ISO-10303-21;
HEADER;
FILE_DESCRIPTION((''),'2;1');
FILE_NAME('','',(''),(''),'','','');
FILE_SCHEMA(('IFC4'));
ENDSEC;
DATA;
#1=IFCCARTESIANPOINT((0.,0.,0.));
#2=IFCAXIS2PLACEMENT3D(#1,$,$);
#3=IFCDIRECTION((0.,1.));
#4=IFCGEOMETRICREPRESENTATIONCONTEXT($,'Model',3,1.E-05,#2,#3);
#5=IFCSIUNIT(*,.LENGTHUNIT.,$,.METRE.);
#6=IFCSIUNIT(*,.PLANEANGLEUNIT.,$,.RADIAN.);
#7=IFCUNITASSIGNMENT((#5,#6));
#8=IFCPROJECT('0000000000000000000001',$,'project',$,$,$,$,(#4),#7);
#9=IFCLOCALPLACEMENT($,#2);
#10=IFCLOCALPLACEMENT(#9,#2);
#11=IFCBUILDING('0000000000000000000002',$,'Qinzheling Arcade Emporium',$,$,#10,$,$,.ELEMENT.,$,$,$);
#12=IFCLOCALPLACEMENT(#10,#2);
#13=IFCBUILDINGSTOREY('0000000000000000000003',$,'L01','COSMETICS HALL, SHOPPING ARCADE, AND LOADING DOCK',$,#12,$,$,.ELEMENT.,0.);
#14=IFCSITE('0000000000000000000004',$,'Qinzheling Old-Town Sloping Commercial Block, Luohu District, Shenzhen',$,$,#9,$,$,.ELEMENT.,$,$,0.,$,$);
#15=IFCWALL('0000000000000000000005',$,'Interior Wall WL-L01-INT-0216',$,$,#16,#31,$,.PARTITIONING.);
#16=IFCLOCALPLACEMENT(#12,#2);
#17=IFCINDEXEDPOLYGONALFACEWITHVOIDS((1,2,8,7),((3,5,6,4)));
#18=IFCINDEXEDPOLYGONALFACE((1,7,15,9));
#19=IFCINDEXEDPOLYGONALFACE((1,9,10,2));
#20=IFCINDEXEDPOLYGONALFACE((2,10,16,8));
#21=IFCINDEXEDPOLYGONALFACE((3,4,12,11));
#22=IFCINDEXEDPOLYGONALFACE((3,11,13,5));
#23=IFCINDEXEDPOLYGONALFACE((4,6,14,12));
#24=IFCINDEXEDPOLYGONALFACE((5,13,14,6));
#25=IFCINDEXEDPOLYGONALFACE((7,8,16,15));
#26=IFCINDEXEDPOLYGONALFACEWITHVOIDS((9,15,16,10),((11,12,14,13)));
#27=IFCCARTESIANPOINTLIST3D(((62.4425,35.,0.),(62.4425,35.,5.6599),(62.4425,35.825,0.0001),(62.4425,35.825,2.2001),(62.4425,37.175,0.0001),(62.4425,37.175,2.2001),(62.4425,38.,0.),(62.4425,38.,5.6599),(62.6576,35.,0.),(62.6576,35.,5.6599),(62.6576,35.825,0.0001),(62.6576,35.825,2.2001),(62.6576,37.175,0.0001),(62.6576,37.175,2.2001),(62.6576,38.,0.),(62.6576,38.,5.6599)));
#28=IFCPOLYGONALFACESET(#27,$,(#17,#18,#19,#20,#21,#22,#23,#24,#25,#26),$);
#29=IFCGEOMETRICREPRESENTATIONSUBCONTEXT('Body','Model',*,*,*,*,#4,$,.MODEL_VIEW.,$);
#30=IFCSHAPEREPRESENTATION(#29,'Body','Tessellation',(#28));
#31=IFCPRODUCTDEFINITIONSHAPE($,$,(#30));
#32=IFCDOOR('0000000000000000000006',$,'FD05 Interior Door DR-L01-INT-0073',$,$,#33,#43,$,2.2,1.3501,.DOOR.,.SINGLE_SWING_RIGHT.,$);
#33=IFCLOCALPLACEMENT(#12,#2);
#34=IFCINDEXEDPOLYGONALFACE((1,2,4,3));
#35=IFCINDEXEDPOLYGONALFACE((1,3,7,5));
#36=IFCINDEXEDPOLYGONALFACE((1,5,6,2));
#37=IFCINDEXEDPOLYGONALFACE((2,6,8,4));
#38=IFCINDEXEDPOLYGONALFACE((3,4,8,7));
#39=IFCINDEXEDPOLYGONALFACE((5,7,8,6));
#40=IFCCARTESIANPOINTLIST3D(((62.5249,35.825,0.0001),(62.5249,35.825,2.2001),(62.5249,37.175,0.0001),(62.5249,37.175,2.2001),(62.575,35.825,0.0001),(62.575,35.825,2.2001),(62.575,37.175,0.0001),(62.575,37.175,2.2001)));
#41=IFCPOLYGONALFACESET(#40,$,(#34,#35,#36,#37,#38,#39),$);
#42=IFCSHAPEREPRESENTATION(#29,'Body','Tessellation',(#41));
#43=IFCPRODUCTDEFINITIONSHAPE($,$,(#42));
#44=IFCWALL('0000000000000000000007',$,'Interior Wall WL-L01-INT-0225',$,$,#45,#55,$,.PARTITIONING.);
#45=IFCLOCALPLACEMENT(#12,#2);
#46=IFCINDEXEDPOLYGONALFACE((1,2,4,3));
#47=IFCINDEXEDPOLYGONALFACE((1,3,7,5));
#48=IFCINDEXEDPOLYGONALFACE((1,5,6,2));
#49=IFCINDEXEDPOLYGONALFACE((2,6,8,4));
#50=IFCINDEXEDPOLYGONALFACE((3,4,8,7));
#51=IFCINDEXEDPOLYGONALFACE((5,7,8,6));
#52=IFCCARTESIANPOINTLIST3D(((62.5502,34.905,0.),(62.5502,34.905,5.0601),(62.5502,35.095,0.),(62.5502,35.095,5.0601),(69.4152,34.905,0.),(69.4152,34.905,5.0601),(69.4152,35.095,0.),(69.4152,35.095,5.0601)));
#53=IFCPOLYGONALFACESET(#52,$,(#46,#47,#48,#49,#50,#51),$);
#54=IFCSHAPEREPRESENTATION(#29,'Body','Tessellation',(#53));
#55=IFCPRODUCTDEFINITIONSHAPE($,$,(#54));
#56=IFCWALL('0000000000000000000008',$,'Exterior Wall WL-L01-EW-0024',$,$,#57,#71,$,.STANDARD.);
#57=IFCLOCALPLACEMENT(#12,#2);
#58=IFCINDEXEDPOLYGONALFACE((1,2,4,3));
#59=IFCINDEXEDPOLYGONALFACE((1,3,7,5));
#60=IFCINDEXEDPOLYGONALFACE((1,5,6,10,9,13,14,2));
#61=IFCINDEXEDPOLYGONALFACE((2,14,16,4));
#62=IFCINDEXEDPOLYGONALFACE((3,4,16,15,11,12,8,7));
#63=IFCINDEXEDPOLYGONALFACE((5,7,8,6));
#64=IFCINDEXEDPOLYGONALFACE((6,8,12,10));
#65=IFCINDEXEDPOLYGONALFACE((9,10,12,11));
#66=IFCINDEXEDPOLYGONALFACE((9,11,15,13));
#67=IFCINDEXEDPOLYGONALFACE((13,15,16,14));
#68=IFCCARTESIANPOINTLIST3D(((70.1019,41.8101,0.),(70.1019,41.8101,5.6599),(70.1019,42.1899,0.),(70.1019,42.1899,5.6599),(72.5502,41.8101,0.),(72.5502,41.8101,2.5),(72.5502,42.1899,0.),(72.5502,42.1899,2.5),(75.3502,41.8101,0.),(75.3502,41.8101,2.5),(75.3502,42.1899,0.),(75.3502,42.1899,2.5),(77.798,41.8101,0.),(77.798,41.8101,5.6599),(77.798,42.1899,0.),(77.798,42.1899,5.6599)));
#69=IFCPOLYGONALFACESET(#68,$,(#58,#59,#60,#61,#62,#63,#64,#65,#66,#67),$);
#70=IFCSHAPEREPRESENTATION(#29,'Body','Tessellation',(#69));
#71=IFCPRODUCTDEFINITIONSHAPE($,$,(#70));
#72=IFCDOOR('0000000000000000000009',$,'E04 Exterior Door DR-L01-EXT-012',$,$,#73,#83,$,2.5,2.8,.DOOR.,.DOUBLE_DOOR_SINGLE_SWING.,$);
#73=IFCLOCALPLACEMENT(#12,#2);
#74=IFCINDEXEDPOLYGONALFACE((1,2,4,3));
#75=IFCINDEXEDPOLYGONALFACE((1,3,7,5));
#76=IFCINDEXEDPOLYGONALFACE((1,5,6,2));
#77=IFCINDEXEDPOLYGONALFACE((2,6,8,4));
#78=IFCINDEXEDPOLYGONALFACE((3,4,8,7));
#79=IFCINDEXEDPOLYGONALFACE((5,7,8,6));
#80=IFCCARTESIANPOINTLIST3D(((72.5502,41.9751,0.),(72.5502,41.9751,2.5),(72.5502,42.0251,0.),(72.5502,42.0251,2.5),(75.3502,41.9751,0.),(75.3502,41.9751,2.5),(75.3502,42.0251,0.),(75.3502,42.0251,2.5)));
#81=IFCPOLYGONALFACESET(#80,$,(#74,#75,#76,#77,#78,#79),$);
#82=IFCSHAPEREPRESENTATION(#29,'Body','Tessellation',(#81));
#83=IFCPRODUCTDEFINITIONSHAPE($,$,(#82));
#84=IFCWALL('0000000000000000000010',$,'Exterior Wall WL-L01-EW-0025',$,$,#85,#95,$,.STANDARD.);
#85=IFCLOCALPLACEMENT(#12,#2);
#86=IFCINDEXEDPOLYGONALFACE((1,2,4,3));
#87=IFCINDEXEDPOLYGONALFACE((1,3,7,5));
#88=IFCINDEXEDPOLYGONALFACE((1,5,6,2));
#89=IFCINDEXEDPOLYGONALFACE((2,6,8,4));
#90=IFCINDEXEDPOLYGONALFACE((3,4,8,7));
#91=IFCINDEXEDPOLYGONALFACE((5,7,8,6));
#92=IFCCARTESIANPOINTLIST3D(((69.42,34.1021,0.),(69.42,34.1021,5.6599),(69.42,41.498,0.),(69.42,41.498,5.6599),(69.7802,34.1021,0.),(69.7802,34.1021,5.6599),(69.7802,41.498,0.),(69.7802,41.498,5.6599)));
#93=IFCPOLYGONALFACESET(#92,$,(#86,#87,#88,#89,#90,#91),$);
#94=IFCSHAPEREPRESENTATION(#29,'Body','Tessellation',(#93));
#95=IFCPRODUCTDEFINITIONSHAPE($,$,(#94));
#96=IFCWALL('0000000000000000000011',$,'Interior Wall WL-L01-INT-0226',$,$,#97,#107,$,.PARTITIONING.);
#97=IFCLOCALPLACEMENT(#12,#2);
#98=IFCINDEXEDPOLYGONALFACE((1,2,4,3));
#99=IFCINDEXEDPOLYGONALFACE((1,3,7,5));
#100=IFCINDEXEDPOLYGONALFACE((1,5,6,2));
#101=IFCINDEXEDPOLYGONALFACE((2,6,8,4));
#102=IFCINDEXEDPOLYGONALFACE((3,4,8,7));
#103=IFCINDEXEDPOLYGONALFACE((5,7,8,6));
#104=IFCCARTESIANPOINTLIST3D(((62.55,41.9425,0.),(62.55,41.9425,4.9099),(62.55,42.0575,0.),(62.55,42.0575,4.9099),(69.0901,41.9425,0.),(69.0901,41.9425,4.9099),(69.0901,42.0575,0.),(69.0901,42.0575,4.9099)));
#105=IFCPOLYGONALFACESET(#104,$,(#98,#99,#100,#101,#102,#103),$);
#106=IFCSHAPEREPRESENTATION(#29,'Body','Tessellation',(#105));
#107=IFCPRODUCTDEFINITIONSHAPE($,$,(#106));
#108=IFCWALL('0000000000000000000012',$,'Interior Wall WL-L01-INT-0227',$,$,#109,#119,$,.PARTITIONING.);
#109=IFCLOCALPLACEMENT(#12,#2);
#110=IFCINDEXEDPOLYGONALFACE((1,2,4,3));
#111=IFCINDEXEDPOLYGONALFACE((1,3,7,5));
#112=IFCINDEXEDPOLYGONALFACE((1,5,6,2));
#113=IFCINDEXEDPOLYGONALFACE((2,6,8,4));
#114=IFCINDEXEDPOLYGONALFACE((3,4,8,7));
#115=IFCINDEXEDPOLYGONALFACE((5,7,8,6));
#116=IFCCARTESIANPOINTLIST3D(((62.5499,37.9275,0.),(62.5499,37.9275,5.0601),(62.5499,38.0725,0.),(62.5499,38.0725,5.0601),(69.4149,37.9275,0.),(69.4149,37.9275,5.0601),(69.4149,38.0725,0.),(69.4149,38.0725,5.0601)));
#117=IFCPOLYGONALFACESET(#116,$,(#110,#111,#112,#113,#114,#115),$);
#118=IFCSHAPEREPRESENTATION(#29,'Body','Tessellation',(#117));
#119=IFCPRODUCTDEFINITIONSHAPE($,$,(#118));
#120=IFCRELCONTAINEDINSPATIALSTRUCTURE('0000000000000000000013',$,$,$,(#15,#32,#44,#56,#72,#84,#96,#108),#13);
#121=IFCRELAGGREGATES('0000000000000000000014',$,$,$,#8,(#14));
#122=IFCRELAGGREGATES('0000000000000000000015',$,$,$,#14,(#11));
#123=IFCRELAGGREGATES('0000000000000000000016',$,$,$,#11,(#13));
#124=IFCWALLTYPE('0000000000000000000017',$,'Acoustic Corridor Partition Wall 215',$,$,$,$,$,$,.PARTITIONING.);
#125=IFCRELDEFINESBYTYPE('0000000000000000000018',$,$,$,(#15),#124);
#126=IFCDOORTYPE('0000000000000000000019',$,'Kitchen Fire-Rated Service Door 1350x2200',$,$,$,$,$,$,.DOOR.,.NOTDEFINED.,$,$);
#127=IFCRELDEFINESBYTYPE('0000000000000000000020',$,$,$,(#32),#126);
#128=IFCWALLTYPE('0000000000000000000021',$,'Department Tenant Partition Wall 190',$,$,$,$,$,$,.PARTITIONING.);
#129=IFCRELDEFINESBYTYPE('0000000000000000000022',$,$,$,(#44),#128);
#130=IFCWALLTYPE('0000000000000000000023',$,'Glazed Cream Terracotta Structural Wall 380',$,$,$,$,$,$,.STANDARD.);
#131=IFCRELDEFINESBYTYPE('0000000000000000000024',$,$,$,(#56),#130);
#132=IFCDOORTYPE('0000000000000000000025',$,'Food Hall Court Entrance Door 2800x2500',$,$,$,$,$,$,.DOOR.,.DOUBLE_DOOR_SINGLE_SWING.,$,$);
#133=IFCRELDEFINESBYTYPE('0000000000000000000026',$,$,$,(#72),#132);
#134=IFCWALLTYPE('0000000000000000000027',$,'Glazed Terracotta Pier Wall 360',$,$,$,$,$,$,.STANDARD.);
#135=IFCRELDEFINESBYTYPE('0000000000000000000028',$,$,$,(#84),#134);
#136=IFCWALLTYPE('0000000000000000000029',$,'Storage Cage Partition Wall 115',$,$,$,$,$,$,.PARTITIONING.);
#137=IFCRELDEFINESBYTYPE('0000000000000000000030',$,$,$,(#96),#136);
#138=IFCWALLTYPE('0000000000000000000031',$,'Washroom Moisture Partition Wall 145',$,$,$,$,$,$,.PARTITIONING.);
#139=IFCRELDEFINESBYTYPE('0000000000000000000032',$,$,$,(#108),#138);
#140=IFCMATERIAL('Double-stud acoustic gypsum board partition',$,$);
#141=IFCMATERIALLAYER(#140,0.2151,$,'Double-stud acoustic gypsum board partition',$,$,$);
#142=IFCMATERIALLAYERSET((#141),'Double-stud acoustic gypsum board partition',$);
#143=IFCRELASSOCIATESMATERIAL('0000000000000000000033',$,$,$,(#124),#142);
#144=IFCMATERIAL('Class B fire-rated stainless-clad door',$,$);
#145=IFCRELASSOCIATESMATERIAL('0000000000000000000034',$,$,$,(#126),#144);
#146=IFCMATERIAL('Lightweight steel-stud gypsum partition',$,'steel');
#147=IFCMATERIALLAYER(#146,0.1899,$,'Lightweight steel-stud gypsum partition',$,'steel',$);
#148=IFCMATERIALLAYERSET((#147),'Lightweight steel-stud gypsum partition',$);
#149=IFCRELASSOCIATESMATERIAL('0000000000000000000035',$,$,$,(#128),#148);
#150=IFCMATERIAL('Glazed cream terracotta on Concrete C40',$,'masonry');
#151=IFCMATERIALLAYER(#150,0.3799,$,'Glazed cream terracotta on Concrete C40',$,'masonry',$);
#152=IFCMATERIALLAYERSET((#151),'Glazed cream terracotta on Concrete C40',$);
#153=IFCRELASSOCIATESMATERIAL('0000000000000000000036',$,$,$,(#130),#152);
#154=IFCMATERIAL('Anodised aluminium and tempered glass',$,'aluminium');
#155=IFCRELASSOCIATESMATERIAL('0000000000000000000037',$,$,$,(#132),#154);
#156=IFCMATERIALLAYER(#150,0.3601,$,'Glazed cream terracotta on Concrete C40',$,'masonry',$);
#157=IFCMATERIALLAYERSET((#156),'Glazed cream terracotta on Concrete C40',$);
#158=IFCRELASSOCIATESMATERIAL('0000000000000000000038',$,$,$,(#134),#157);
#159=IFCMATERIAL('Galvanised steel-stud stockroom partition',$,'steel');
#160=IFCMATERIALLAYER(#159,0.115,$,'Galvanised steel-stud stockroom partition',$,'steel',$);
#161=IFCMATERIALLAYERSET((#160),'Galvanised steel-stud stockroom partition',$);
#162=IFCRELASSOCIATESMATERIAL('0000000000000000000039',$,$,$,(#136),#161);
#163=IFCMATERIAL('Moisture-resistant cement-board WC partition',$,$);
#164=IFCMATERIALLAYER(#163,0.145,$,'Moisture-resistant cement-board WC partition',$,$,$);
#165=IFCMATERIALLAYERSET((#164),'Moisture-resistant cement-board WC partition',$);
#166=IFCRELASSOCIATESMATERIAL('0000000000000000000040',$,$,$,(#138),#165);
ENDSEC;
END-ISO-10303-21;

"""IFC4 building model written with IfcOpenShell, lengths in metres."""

from ifc_helpers import new_model, si_unit, direction, frame, frame_2d, origin, place, context, subcontext, project, spatial, rectangle, extrude, material, layer, layer_set, type_object, element, fill, save


model = new_model("IFC4")

# Units and contexts
model_context = context("Model", 3, precision=1e-05, world=origin(), true_north=direction((0.0, 1.0)))
body_context = subcontext(model_context, "Body", "Model", "MODEL_VIEW")
ifc_project = project(units=[si_unit("LENGTHUNIT", "METRE"), si_unit("PLANEANGLEUNIT", "RADIAN")], contexts=[model_context])

# Site, building, storey
site_placement = place(None, origin())
site = spatial("IfcSite", under=ifc_project, at=site_placement, Name="Qinzheling Old-Town Sloping Commercial Block, Luohu District, Shenzhen", CompositionType="ELEMENT", RefElevation=0.0)
building_placement = place(site_placement, origin())
building = spatial("IfcBuilding", under=site, at=building_placement, Name="Qinzheling Arcade Emporium", CompositionType="ELEMENT")
storey_placement = place(building_placement, origin())
storey = spatial("IfcBuildingStorey", under=building, at=storey_placement, Name="L01", Description="COSMETICS HALL, SHOPPING ARCADE, AND LOADING DOCK", CompositionType="ELEMENT", Elevation=0.0)

# Shared definitions
ifc_material_1 = material(Name="Double-stud acoustic gypsum board partition")
ifc_layer_1 = layer(ifc_material_1, 0.2151, Name="Double-stud acoustic gypsum board partition")
ifc_layer_set_1 = layer_set([ifc_layer_1], Name="Double-stud acoustic gypsum board partition")
wall_type_1 = type_object("IfcWallType", Name="Acoustic Corridor Partition Wall 215", PredefinedType="PARTITIONING", material=ifc_layer_set_1)

# Shared definitions
ifc_material_2 = material(Name="Class B fire-rated stainless-clad door")
door_type_1 = type_object("IfcDoorType", Name="Kitchen Fire-Rated Service Door 1350x2200", OperationType="NOTDEFINED", PredefinedType="DOOR", material=ifc_material_2)

# Wall, opening, door
wall_1_placement = place(storey_placement, frame((62.55, 38.0, 0.0), z_axis=(0.0, 0.0, 1.0), x_axis=(0.0, -1.0, 0.0)))
wall_1 = element("IfcWall", 1, at=wall_1_placement, inside=storey, type_object=wall_type_1, Name="Interior Wall WL-L01-INT-0216", PredefinedType="PARTITIONING", context=body_context, shape_type="SweptSolid", body=[
    extrude(rectangle(XDim=3.0, YDim=0.2151, at=frame_2d((1.5, 0.0))), origin(), (0.0, 0.0, 1.0), 5.6599),
])
opening_1_placement = place(wall_1_placement, frame((0.825, 0.0, 0.0)))
opening_1 = element("IfcOpeningElement", 2, at=opening_1_placement, cuts=wall_1, PredefinedType="OPENING", context=body_context, shape_type="SweptSolid", body=[
    extrude(rectangle(XDim=1.3501, YDim=2.2, at=frame_2d((0.675, 1.1001))), frame((0.0, 0.1177, 0.0), z_axis=(0.0, -1.0, 0.0), x_axis=(1.0, 0.0, 0.0)), (0.0, 0.0, 1.0), 0.2351),
])
door_1_placement = place(opening_1_placement, origin())
door_1 = element("IfcDoor", 3, at=door_1_placement, inside=storey, type_object=door_type_1, Name="FD05 Interior Door DR-L01-INT-0073", OperationType="SINGLE_SWING_RIGHT", OverallHeight=2.2, OverallWidth=1.3501, PredefinedType="DOOR", context=body_context, shape_type="SweptSolid", body=[
    extrude(rectangle(XDim=1.3501, YDim=2.2, at=frame_2d((0.675, 1.1001))), frame((0.0, 0.0249, 0.0), z_axis=(0.0, -1.0, 0.0), x_axis=(1.0, 0.0, 0.0)), (0.0, 0.0, 1.0), 0.05),
])
fill(opening_1, door_1)

# Wall
ifc_material_3 = material(Name="Lightweight steel-stud gypsum partition", Category="steel")
ifc_layer_2 = layer(ifc_material_3, 0.1899, Name="Lightweight steel-stud gypsum partition", Category="steel")
ifc_layer_set_2 = layer_set([ifc_layer_2], Name="Lightweight steel-stud gypsum partition")
wall_type_2 = type_object("IfcWallType", Name="Department Tenant Partition Wall 190", PredefinedType="PARTITIONING", material=ifc_layer_set_2)
wall_2_placement = place(storey_placement, frame((62.55, 35.0, 0.0), z_axis=(0.0, 0.0, 1.0), x_axis=(1.0, 0.0, 0.0)))
element("IfcWall", 4, at=wall_2_placement, inside=storey, type_object=wall_type_2, Name="Interior Wall WL-L01-INT-0225", PredefinedType="PARTITIONING", context=body_context, shape_type="SweptSolid", body=[
    extrude(rectangle(XDim=6.865, YDim=0.1899, at=frame_2d((3.4326, 0.0))), origin(), (0.0, 0.0, 1.0), 5.0601),
])

# Wall, opening, door
ifc_material_4 = material(Name="Glazed cream terracotta on Concrete C40", Category="masonry")
ifc_layer_3 = layer(ifc_material_4, 0.3799, Name="Glazed cream terracotta on Concrete C40", Category="masonry")
ifc_layer_set_3 = layer_set([ifc_layer_3], Name="Glazed cream terracotta on Concrete C40")
wall_type_3 = type_object("IfcWallType", Name="Glazed Cream Terracotta Structural Wall 380", PredefinedType="STANDARD", material=ifc_layer_set_3)
wall_3_placement = place(storey_placement, frame((77.7981, 42.0, 0.0), z_axis=(0.0, 0.0, 1.0), x_axis=(-1.0, 0.0, 0.0)))
wall_3 = element("IfcWall", 5, at=wall_3_placement, inside=storey, type_object=wall_type_3, Name="Exterior Wall WL-L01-EW-0024", PredefinedType="STANDARD", context=body_context, shape_type="SweptSolid", body=[
    extrude(rectangle(XDim=7.696, YDim=0.3799, at=frame_2d((3.8481, 0.0))), origin(), (0.0, 0.0, 1.0), 5.6599),
])
opening_2_placement = place(wall_3_placement, frame((2.448, 0.0, 0.0)))
opening_2 = element("IfcOpeningElement", 6, at=opening_2_placement, cuts=wall_3, PredefinedType="OPENING", context=body_context, shape_type="SweptSolid", body=[
    extrude(rectangle(XDim=2.8, YDim=2.5, at=frame_2d((1.3999, 1.25))), frame((0.0, 0.2, 0.0), z_axis=(0.0, -1.0, 0.0), x_axis=(1.0, 0.0, 0.0)), (0.0, 0.0, 1.0), 0.3999),
])
ifc_material_5 = material(Name="Anodised aluminium and tempered glass", Category="aluminium")
door_type_2 = type_object("IfcDoorType", Name="Food Hall Court Entrance Door 2800x2500", OperationType="DOUBLE_DOOR_SINGLE_SWING", PredefinedType="DOOR", material=ifc_material_5)
door_2_placement = place(opening_2_placement, origin())
door_2 = element("IfcDoor", 7, at=door_2_placement, inside=storey, type_object=door_type_2, Name="E04 Exterior Door DR-L01-EXT-012", OperationType="DOUBLE_DOOR_SINGLE_SWING", OverallHeight=2.5, OverallWidth=2.8, PredefinedType="DOOR", context=body_context, shape_type="SweptSolid", body=[
    extrude(rectangle(XDim=2.8, YDim=2.5, at=frame_2d((1.3999, 1.25))), frame((0.0, 0.0249, 0.0), z_axis=(0.0, -1.0, 0.0), x_axis=(1.0, 0.0, 0.0)), (0.0, 0.0, 1.0), 0.05),
])
fill(opening_2, door_2)

# Walls
ifc_layer_4 = layer(ifc_material_4, 0.3601, Name="Glazed cream terracotta on Concrete C40", Category="masonry")
ifc_layer_set_4 = layer_set([ifc_layer_4], Name="Glazed cream terracotta on Concrete C40")
wall_type_4 = type_object("IfcWallType", Name="Glazed Terracotta Pier Wall 360", PredefinedType="STANDARD", material=ifc_layer_set_4)
wall_4_placement = place(storey_placement, frame((69.6001, 41.498, 0.0), z_axis=(0.0, 0.0, 1.0), x_axis=(0.0, -1.0, 0.0)))
element("IfcWall", 8, at=wall_4_placement, inside=storey, type_object=wall_type_4, Name="Exterior Wall WL-L01-EW-0025", PredefinedType="STANDARD", context=body_context, shape_type="SweptSolid", body=[
    extrude(rectangle(XDim=7.396, YDim=0.3601, at=frame_2d((3.698, 0.0))), origin(), (0.0, 0.0, 1.0), 5.6599),
])
ifc_material_6 = material(Name="Galvanised steel-stud stockroom partition", Category="steel")
ifc_layer_5 = layer(ifc_material_6, 0.115, Name="Galvanised steel-stud stockroom partition", Category="steel")
ifc_layer_set_5 = layer_set([ifc_layer_5], Name="Galvanised steel-stud stockroom partition")
wall_type_5 = type_object("IfcWallType", Name="Storage Cage Partition Wall 115", PredefinedType="PARTITIONING", material=ifc_layer_set_5)
wall_5_placement = place(storey_placement, frame((62.55, 42.0, 0.0), z_axis=(0.0, 0.0, 1.0), x_axis=(1.0, 0.0, 0.0)))
element("IfcWall", 9, at=wall_5_placement, inside=storey, type_object=wall_type_5, Name="Interior Wall WL-L01-INT-0226", PredefinedType="PARTITIONING", context=body_context, shape_type="SweptSolid", body=[
    extrude(rectangle(XDim=6.54, YDim=0.115, at=frame_2d((3.27, 0.0))), origin(), (0.0, 0.0, 1.0), 4.9099),
])
ifc_material_7 = material(Name="Moisture-resistant cement-board WC partition")
ifc_layer_6 = layer(ifc_material_7, 0.145, Name="Moisture-resistant cement-board WC partition")
ifc_layer_set_6 = layer_set([ifc_layer_6], Name="Moisture-resistant cement-board WC partition")
wall_type_6 = type_object("IfcWallType", Name="Washroom Moisture Partition Wall 145", PredefinedType="PARTITIONING", material=ifc_layer_set_6)
wall_6_placement = place(storey_placement, frame((69.415, 38.0, 0.0), z_axis=(0.0, 0.0, 1.0), x_axis=(-1.0, 0.0, 0.0)))
element("IfcWall", 10, at=wall_6_placement, inside=storey, type_object=wall_type_6, Name="Interior Wall WL-L01-INT-0227", PredefinedType="PARTITIONING", context=body_context, shape_type="SweptSolid", body=[
    extrude(rectangle(XDim=6.865, YDim=0.145, at=frame_2d((3.4326, 0.0))), origin(), (0.0, 0.0, 1.0), 5.0601),
])

save(model, "model.ifc")
